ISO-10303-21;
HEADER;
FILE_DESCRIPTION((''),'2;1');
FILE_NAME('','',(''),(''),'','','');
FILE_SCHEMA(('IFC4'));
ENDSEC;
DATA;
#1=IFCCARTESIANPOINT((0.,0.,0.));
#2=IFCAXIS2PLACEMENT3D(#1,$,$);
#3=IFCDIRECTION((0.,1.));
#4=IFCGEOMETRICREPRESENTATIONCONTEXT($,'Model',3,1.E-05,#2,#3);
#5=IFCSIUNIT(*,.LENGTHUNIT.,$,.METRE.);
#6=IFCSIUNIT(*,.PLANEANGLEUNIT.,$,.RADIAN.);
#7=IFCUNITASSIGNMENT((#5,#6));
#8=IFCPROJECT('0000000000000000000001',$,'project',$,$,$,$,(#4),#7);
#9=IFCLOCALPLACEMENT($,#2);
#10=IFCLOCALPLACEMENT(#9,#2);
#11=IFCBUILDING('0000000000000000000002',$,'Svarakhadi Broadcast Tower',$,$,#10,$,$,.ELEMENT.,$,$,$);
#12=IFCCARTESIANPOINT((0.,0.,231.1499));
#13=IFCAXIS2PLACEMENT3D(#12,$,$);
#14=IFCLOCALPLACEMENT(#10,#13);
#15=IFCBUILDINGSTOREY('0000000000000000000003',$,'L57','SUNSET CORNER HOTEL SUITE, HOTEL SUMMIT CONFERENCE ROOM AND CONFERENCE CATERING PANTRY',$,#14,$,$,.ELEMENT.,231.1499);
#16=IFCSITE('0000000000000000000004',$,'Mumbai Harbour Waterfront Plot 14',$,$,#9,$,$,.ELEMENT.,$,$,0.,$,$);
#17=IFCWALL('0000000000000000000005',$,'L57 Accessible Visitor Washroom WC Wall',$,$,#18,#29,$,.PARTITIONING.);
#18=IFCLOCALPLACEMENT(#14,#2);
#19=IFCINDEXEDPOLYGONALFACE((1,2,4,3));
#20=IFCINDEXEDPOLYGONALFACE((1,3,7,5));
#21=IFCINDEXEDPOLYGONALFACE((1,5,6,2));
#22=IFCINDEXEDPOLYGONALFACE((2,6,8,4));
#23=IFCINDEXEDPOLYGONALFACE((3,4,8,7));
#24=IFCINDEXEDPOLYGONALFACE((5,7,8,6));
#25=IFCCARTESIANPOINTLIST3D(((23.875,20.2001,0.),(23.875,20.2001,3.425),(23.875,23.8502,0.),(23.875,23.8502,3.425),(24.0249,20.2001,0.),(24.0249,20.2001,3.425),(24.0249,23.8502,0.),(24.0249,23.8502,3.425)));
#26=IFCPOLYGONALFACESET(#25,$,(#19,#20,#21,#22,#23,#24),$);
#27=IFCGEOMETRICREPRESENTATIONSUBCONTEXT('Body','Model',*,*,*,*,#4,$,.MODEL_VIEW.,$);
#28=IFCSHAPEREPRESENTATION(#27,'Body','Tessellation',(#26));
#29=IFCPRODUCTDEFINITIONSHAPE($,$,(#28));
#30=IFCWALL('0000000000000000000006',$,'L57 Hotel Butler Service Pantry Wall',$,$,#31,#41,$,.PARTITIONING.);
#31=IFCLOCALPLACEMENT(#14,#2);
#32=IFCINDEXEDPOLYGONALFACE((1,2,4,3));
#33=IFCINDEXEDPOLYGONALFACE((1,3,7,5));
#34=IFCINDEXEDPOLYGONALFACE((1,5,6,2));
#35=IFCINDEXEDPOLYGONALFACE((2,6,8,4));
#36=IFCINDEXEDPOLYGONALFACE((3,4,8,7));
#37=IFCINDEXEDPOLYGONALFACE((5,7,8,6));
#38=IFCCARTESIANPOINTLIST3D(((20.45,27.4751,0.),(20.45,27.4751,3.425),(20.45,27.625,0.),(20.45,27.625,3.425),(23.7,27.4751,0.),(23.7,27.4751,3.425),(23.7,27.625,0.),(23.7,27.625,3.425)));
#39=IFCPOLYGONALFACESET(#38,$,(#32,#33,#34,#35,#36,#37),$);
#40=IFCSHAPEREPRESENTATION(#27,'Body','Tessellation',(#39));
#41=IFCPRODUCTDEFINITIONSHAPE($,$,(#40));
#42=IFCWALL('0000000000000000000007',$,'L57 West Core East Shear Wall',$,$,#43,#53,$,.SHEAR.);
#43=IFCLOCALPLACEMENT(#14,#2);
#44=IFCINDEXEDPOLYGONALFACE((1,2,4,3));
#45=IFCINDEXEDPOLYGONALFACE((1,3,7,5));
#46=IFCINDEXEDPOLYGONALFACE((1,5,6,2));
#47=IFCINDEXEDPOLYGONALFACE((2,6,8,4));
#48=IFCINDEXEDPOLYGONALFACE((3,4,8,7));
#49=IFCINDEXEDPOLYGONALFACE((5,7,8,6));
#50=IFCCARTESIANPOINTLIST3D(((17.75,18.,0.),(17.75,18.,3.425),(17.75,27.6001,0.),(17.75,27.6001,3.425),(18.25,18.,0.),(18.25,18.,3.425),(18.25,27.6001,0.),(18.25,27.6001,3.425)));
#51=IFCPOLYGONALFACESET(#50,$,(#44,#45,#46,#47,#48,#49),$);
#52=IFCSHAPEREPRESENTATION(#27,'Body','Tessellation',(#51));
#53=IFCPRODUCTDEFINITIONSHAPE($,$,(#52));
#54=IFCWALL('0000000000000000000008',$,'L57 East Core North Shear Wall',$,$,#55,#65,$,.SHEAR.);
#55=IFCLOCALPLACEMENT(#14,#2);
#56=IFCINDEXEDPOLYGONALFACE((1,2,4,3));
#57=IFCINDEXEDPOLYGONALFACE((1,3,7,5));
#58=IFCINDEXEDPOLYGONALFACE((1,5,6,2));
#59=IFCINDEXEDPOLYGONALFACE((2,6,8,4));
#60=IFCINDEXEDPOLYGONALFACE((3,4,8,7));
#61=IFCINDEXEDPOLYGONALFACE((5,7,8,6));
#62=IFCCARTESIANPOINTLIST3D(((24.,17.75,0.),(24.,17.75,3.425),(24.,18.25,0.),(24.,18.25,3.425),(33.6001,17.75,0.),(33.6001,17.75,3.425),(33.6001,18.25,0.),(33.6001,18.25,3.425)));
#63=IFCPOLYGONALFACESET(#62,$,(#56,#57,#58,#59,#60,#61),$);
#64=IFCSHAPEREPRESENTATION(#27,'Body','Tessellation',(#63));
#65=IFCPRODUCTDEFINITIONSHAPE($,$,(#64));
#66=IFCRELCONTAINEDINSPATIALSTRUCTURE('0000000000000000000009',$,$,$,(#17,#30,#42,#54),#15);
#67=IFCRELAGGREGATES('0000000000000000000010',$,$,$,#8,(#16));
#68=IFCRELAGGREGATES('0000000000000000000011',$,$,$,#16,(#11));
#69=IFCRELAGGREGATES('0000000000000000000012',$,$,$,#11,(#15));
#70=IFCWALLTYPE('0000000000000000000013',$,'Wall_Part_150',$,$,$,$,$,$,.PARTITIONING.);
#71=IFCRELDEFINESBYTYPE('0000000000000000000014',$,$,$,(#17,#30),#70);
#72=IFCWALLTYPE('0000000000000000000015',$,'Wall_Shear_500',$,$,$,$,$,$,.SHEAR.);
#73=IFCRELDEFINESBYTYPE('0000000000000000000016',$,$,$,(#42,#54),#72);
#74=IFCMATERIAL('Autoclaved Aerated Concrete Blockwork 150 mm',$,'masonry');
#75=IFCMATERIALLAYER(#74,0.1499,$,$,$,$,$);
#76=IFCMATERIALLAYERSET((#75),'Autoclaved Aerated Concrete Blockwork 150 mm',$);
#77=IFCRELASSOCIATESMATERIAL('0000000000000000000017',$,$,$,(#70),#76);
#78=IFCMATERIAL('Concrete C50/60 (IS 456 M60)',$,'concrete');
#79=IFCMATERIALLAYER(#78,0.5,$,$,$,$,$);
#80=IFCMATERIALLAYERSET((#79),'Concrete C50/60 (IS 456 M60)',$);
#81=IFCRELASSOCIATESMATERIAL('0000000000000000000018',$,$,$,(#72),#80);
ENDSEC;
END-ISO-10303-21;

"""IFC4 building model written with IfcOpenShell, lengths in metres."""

from ifc_helpers import new_model, si_unit, direction, frame, frame_2d, origin, place, context, subcontext, project, spatial, rectangle, extrude, material, layer, layer_set, type_object, element, save


model = new_model("IFC4")

# Units and contexts
model_context = context("Model", 3, precision=1e-05, world=origin(), true_north=direction((0.0, 1.0)))
body_context = subcontext(model_context, "Body", "Model", "MODEL_VIEW")
ifc_project = project(units=[si_unit("LENGTHUNIT", "METRE"), si_unit("PLANEANGLEUNIT", "RADIAN")], contexts=[model_context])

# Site, building, storey
site_placement = place(None, origin())
site = spatial("IfcSite", under=ifc_project, at=site_placement, Name="Mumbai Harbour Waterfront Plot 14", CompositionType="ELEMENT", RefElevation=0.0)
building_placement = place(site_placement, origin())
building = spatial("IfcBuilding", under=site, at=building_placement, Name="Svarakhadi Broadcast Tower", CompositionType="ELEMENT")
storey_placement = place(building_placement, frame((0.0, 0.0, 231.1499)))
storey = spatial("IfcBuildingStorey", under=building, at=storey_placement, Name="L57", Description="SUNSET CORNER HOTEL SUITE, HOTEL SUMMIT CONFERENCE ROOM AND CONFERENCE CATERING PANTRY", CompositionType="ELEMENT", Elevation=231.1499)

# Shared definitions
ifc_material_1 = material(Name="Concrete C50/60 (IS 456 M60)", Category="concrete")

# Shared definitions
ifc_material_2 = material(Name="Autoclaved Aerated Concrete Blockwork 150 mm", Category="masonry")
ifc_layer_1 = layer(ifc_material_2, 0.1499)
ifc_layer_set_1 = layer_set([ifc_layer_1], Name="Autoclaved Aerated Concrete Blockwork 150 mm")
wall_type_1 = type_object("IfcWallType", Name="Wall_Part_150", PredefinedType="PARTITIONING", material=ifc_layer_set_1)

# Walls
wall_1_placement = place(storey_placement, frame((23.95, 20.2, 0.0), z_axis=(0.0, 0.0, 1.0), x_axis=(0.0, 1.0, 0.0)))
element("IfcWall", 1, at=wall_1_placement, inside=storey, type_object=wall_type_1, Name="L57 Accessible Visitor Washroom WC Wall", PredefinedType="PARTITIONING", context=body_context, shape_type="SweptSolid", body=[
    extrude(rectangle(XDim=3.6501, YDim=0.1499, at=frame_2d((1.8252, 0.0))), origin(), (0.0, 0.0, 1.0), 3.425),
])
wall_2_placement = place(storey_placement, frame((20.45, 27.55, 0.0), z_axis=(0.0, 0.0, 1.0), x_axis=(1.0, 0.0, 0.0)))
element("IfcWall", 2, at=wall_2_placement, inside=storey, type_object=wall_type_1, Name="L57 Hotel Butler Service Pantry Wall", PredefinedType="PARTITIONING", context=body_context, shape_type="SweptSolid", body=[
    extrude(rectangle(XDim=3.25, YDim=0.1499, at=frame_2d((1.625, 0.0))), origin(), (0.0, 0.0, 1.0), 3.425),
])
ifc_layer_2 = layer(ifc_material_1, 0.5)
ifc_layer_set_2 = layer_set([ifc_layer_2], Name="Concrete C50/60 (IS 456 M60)")
wall_type_2 = type_object("IfcWallType", Name="Wall_Shear_500", PredefinedType="SHEAR", material=ifc_layer_set_2)
for number, where, z_axis, x_axis, name in (
    (3, (18.0, 18.0, 0.0), (0.0, 0.0, 1.0), (0.0, 1.0, 0.0), "L57 West Core East Shear Wall"),
    (4, (24.0, 18.0, 0.0), (0.0, 0.0, 1.0), (1.0, 0.0, 0.0), "L57 East Core North Shear Wall"),
):
    element("IfcWall", number, at=place(storey_placement, frame(where, z_axis=z_axis, x_axis=x_axis)), inside=storey, type_object=wall_type_2, Name=name, PredefinedType="SHEAR", context=body_context, shape_type="SweptSolid", body=[
        extrude(rectangle(XDim=9.6001, YDim=0.5, at=frame_2d((4.8, 0.0))), origin(), (0.0, 0.0, 1.0), 3.425),
    ])

save(model, "model.ifc")
